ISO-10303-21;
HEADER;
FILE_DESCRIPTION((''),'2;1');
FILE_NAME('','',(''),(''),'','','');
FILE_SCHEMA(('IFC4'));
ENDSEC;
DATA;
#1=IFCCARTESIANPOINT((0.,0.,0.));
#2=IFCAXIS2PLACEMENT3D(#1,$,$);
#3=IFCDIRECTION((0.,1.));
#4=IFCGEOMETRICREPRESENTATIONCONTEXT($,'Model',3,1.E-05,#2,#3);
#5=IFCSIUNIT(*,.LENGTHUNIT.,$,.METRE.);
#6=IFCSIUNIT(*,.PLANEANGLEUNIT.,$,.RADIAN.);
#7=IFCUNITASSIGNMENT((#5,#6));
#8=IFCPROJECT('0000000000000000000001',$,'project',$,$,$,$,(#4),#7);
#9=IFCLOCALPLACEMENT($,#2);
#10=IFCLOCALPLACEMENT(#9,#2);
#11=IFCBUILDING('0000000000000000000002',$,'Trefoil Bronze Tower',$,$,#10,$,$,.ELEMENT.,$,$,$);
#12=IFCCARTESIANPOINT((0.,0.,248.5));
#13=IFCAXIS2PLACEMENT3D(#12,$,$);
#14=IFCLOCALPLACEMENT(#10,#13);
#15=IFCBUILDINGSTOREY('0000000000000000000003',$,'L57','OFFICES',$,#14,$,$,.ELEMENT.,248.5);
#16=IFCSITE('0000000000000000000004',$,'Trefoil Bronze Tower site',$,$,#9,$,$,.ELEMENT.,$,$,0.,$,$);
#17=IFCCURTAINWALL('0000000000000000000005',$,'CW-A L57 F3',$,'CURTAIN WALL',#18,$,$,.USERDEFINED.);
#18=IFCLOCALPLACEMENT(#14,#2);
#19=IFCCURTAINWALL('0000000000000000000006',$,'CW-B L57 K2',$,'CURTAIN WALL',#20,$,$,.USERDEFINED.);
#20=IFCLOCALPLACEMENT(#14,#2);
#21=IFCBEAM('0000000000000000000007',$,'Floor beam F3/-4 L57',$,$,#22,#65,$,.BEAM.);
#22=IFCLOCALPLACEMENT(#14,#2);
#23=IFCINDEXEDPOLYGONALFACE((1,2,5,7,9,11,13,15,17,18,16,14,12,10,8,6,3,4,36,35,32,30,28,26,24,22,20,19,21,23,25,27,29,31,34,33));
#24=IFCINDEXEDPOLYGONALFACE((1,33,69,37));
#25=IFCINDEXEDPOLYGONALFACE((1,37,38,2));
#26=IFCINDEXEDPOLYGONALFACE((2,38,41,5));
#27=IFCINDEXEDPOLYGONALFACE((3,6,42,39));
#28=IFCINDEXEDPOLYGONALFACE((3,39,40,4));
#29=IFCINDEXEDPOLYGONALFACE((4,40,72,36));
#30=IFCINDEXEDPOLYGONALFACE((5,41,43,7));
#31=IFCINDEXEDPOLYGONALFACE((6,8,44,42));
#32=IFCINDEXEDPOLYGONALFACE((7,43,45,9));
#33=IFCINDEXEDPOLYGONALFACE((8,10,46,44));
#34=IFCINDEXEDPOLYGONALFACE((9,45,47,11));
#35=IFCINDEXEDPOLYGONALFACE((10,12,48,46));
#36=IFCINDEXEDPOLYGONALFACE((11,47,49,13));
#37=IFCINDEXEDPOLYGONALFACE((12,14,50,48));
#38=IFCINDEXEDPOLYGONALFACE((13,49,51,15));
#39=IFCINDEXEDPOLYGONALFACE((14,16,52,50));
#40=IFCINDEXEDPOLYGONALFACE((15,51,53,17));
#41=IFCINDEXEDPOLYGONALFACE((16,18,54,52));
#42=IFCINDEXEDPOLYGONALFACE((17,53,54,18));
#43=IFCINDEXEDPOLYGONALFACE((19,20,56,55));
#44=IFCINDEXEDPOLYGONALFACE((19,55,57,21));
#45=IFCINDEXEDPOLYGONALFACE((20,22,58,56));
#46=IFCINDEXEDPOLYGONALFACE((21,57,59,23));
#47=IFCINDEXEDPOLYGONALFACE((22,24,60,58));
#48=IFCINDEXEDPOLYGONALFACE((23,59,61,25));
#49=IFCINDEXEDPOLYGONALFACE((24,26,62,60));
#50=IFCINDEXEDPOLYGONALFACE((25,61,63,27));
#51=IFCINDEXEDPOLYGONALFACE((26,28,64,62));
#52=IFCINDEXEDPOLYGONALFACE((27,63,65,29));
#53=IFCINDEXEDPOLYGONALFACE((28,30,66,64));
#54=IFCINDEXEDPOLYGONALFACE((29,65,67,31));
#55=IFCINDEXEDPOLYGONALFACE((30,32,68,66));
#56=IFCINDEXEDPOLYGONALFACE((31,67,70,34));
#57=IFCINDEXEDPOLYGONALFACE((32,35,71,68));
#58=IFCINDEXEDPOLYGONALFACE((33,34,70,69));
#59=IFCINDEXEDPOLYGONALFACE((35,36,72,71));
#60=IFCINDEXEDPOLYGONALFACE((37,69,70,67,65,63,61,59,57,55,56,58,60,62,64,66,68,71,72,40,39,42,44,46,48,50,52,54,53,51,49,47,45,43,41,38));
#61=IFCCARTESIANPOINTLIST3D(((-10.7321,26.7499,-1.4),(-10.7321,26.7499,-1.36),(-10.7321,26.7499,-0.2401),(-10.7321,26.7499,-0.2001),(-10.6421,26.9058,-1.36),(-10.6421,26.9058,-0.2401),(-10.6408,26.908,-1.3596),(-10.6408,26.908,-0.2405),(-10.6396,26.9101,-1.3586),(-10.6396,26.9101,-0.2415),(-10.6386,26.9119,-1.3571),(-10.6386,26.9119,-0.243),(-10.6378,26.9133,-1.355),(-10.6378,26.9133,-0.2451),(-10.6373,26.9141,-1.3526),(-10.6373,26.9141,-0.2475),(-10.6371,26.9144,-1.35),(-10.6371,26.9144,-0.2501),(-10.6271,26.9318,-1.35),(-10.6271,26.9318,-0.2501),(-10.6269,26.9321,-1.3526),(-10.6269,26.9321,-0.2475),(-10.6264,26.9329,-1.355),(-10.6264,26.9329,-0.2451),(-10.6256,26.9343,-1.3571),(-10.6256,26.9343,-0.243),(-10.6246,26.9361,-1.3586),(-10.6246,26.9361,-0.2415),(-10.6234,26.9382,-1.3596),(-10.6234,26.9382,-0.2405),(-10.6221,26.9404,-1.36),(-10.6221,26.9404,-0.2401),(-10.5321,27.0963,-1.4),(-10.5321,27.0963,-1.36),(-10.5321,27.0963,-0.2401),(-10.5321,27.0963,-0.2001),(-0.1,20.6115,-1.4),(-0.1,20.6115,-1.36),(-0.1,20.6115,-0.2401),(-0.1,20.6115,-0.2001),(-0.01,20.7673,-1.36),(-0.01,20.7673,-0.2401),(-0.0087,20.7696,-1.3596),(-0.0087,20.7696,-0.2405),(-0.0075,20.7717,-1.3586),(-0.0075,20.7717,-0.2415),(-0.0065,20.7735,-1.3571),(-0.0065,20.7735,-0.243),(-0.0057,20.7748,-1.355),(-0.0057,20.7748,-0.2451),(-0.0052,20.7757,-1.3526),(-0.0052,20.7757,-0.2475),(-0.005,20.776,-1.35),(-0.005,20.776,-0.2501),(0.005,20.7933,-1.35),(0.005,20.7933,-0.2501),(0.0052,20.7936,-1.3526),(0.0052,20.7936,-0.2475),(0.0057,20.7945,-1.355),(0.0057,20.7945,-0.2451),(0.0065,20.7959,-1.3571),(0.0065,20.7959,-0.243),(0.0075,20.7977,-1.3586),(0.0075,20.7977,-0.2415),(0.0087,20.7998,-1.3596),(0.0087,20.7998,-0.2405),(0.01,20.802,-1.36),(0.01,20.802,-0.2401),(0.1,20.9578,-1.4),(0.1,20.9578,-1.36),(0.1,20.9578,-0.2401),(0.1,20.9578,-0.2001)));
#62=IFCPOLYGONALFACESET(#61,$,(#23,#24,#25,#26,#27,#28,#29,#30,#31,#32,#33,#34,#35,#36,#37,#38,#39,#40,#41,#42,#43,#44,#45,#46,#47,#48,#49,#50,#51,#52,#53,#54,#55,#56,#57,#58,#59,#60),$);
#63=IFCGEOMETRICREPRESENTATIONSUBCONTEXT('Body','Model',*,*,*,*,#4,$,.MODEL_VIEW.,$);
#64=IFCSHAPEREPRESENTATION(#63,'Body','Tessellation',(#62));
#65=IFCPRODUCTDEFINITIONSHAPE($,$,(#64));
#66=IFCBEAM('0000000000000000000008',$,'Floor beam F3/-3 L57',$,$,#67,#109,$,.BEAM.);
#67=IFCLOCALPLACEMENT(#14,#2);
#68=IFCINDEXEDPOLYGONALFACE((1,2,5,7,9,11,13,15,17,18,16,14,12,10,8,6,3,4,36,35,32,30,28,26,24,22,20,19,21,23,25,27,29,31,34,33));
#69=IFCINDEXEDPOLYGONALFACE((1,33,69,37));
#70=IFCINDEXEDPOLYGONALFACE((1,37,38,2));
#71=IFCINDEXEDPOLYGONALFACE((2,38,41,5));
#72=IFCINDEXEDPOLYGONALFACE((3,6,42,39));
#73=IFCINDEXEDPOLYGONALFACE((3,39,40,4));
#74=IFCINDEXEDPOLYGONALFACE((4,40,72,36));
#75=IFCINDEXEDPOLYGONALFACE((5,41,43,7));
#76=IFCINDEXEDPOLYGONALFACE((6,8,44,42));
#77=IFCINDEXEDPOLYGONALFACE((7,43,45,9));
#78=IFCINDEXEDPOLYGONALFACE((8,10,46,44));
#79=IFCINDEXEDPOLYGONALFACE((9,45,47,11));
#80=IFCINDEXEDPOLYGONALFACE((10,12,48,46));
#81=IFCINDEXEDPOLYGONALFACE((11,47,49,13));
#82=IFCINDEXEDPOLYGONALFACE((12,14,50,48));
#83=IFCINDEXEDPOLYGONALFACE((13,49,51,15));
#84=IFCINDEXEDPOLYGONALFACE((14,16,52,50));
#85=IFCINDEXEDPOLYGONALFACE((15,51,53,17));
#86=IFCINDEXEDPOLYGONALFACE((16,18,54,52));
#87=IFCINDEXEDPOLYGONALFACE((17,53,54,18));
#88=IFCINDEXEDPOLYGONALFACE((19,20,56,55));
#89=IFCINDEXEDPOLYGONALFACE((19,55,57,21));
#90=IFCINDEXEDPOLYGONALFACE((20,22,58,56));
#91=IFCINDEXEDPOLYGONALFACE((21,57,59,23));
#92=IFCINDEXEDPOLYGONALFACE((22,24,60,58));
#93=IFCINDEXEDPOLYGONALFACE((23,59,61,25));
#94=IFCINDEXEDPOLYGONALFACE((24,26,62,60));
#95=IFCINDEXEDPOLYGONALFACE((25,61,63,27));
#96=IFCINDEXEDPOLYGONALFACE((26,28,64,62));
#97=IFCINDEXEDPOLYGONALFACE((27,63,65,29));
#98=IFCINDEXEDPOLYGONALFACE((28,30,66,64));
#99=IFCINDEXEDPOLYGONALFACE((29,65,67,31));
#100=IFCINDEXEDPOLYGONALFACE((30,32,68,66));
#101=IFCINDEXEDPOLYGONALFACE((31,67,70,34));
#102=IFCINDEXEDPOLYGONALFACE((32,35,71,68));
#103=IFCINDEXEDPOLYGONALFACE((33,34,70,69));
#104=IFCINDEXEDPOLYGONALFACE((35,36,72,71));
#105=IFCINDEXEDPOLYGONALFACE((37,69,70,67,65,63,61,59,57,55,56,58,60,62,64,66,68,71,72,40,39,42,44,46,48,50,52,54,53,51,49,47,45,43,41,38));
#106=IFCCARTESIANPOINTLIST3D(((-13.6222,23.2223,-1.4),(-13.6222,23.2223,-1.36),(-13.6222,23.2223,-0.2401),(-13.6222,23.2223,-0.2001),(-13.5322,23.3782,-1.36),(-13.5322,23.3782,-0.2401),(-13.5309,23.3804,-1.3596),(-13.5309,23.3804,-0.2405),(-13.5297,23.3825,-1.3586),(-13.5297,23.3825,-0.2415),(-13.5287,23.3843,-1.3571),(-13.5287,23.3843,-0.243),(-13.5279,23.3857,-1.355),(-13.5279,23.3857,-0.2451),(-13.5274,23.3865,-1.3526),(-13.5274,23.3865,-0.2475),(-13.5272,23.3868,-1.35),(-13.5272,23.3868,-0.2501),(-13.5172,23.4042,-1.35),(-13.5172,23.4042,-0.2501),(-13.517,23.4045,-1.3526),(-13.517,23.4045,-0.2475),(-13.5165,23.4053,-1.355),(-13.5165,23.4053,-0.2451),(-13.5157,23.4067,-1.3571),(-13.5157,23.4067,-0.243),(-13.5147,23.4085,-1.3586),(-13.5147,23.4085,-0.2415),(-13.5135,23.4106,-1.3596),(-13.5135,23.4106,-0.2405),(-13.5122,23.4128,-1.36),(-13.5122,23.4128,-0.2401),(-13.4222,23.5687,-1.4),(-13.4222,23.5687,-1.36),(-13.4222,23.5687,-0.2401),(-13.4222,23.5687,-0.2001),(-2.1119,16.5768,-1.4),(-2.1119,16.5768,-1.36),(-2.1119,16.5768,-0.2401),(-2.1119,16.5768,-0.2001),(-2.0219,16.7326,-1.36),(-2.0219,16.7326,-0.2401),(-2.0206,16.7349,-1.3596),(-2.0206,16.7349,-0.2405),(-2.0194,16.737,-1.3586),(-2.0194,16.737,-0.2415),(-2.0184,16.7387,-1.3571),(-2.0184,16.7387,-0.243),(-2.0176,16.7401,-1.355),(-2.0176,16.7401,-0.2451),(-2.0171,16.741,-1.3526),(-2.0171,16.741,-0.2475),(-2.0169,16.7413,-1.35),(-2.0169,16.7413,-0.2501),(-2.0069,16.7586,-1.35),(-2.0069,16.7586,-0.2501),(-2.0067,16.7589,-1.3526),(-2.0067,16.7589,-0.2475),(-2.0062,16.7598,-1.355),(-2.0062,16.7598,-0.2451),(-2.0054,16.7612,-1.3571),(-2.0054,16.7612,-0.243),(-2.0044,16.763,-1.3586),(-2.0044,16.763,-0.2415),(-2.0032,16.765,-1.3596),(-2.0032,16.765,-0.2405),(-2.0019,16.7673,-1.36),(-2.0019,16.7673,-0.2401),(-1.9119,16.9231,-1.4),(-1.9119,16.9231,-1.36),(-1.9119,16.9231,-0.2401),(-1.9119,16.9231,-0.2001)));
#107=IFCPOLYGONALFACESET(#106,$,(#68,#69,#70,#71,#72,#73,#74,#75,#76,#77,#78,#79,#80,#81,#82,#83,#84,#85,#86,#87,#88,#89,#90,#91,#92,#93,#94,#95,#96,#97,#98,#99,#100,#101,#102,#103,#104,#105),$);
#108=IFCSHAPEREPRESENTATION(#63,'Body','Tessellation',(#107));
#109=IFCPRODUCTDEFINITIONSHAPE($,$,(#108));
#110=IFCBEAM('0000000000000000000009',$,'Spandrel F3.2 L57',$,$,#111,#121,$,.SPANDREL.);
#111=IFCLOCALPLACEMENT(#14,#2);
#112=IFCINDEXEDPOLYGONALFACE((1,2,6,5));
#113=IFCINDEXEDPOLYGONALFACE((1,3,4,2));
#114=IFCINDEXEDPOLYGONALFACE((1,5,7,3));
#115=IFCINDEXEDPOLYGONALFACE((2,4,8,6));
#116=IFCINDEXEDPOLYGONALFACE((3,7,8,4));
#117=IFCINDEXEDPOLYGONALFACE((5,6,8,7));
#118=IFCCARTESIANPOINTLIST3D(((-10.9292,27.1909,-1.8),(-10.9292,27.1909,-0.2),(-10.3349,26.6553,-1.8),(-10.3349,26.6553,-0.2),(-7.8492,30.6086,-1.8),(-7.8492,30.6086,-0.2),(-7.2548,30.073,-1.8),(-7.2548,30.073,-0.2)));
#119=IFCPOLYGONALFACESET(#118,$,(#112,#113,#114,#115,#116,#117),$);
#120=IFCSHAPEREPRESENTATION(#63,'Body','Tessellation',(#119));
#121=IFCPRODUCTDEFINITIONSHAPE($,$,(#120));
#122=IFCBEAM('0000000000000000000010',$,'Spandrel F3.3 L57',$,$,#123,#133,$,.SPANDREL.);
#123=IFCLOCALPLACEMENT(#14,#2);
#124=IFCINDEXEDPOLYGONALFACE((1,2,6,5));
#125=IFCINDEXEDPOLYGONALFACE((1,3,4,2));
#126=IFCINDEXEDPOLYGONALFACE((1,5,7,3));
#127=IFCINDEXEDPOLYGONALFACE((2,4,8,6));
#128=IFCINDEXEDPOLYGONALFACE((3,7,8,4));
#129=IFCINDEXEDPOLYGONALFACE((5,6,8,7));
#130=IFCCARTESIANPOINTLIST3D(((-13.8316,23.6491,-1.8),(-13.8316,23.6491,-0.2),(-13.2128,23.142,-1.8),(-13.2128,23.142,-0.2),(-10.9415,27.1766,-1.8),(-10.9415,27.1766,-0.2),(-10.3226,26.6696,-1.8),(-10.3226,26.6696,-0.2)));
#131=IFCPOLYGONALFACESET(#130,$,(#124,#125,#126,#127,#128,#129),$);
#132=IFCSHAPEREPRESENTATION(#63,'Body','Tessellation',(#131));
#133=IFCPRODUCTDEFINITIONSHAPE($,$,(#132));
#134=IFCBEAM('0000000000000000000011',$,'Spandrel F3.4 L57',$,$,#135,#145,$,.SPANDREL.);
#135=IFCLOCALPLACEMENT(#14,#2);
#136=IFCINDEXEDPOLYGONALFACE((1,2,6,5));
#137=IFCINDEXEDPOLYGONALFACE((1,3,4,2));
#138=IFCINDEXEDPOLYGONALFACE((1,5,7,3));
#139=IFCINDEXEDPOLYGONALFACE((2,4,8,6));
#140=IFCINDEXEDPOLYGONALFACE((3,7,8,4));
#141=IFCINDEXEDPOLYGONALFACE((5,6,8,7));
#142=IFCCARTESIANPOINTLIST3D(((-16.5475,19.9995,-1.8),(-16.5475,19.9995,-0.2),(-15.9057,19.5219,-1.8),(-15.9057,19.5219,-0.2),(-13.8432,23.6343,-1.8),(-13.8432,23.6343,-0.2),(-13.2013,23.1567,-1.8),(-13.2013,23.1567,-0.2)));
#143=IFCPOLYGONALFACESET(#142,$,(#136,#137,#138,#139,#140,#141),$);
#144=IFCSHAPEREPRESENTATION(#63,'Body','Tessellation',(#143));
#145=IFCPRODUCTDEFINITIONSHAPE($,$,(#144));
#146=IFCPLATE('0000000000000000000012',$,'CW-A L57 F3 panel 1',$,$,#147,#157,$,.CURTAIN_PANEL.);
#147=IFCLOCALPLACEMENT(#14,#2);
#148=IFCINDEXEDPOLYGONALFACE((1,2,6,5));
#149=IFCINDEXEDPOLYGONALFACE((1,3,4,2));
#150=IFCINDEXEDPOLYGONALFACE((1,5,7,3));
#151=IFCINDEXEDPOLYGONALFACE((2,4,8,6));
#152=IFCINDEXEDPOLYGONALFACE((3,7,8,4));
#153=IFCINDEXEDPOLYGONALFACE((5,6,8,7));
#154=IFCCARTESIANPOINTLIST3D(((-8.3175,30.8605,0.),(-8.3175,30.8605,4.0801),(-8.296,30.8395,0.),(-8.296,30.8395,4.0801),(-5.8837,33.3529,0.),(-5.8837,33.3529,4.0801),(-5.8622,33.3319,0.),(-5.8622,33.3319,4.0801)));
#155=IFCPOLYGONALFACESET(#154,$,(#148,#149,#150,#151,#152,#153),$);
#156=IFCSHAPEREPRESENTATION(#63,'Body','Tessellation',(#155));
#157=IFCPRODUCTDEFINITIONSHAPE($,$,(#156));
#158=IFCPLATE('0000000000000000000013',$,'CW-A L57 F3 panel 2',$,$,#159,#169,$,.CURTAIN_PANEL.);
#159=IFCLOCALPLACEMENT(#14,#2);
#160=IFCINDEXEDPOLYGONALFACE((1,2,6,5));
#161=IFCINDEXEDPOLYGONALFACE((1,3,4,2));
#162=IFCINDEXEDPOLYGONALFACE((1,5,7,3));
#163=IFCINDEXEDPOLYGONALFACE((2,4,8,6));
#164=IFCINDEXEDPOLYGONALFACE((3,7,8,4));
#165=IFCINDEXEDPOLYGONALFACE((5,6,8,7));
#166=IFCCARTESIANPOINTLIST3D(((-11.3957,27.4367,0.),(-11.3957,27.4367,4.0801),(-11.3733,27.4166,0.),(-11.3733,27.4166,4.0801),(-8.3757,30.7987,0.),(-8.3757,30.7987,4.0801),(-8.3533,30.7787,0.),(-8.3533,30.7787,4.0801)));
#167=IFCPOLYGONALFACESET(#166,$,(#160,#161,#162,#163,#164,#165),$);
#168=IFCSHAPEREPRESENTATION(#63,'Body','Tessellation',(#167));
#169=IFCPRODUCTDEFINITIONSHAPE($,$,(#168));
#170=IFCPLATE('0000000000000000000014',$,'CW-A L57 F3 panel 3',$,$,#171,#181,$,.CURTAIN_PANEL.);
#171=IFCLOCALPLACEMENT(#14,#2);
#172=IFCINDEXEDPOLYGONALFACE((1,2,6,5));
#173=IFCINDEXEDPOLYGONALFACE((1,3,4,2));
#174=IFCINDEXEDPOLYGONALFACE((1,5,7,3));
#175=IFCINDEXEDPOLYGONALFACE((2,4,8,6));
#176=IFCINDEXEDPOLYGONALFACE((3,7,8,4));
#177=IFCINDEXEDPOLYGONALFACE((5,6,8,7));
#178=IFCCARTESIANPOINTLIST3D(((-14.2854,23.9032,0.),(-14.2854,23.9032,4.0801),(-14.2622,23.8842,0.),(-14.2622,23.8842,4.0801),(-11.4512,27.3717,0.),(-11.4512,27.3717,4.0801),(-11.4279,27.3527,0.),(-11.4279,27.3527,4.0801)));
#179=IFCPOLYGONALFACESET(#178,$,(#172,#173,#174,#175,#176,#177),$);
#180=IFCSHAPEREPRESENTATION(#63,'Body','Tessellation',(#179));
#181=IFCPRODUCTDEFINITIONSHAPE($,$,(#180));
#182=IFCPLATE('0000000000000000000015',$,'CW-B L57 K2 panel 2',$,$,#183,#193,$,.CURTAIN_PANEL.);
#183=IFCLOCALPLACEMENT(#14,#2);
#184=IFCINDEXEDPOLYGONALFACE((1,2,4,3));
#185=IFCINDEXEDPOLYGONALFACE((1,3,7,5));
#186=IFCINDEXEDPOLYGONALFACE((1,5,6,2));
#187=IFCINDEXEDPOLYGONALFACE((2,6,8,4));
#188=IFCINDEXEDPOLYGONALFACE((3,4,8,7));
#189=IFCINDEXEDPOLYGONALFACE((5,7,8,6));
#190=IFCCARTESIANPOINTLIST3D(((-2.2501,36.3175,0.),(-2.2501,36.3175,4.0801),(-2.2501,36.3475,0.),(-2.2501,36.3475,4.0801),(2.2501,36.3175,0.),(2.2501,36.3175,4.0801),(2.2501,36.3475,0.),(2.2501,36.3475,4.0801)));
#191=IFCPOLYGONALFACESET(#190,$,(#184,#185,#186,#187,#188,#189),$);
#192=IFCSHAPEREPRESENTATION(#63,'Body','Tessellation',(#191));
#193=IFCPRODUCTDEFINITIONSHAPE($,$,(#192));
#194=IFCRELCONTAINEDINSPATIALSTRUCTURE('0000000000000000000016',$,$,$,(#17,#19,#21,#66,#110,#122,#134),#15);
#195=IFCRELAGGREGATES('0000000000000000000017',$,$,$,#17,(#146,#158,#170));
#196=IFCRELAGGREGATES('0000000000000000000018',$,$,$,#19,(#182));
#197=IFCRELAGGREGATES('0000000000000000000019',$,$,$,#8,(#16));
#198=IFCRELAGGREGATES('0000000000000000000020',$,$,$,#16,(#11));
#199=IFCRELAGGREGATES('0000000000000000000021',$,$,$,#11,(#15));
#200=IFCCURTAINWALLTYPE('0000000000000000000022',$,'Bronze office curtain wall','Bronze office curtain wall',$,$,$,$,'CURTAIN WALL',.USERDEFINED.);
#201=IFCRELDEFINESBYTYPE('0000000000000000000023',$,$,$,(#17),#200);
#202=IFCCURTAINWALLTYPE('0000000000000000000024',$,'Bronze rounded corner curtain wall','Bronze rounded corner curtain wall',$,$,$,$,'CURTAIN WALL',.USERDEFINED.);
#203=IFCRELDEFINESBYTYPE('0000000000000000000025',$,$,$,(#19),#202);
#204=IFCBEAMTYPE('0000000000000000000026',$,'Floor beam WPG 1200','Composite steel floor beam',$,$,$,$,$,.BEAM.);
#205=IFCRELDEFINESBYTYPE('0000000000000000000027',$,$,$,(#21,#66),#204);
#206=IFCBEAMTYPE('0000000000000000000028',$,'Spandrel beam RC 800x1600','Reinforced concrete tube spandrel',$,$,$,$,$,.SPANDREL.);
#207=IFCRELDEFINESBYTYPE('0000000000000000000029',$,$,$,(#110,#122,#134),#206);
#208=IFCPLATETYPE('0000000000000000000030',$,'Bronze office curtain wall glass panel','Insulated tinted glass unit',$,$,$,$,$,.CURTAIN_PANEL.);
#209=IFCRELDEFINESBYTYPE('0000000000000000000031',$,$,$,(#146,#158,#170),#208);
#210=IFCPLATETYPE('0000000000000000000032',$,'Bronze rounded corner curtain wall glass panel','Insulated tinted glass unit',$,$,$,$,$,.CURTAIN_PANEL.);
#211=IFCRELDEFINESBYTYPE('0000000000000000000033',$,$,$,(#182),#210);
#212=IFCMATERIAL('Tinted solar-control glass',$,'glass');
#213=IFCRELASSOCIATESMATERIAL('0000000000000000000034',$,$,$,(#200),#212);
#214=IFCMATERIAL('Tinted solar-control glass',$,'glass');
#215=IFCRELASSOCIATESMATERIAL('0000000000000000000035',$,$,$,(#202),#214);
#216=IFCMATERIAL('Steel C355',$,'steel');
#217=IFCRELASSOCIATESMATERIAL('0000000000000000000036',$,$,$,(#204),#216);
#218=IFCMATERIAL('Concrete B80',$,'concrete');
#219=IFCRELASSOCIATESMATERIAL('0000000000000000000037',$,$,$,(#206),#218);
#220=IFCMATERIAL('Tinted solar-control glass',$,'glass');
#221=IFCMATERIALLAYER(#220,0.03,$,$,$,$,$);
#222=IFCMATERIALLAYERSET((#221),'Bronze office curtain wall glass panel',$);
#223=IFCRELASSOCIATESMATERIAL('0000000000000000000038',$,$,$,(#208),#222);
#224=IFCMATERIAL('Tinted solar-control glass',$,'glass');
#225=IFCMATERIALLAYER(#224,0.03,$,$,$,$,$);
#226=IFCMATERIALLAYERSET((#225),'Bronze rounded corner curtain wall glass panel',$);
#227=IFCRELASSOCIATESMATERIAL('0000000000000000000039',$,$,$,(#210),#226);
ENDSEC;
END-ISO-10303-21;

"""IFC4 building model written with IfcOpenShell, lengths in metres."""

from ifc_helpers import new_model, si_unit, direction, frame, origin, origin_2d, place, context, subcontext, project, spatial, rectangle, i_section, extrude, material, layer, layer_set, material_profile, profile_set, type_object, element, aggregate, save


model = new_model("IFC4")

# Units and contexts
model_context = context("Model", 3, precision=1e-05, world=origin(), true_north=direction((0.0, 1.0)))
body_context = subcontext(model_context, "Body", "Model", "MODEL_VIEW")
ifc_project = project(units=[si_unit("LENGTHUNIT", "METRE"), si_unit("PLANEANGLEUNIT", "RADIAN")], contexts=[model_context])

# Site, building, storey
site_placement = place(None, origin())
site = spatial("IfcSite", under=ifc_project, at=site_placement, Name="Trefoil Bronze Tower site", CompositionType="ELEMENT", RefElevation=0.0)
building_placement = place(site_placement, origin())
building = spatial("IfcBuilding", under=site, at=building_placement, Name="Trefoil Bronze Tower", CompositionType="ELEMENT")
storey_placement = place(building_placement, frame((0.0, 0.0, 248.5)))
storey = spatial("IfcBuildingStorey", under=building, at=storey_placement, Name="L57", Description="OFFICES", CompositionType="ELEMENT", Elevation=248.5)

# Curtain walls
ifc_material_1 = material(Name="Tinted solar-control glass", Category="glass")
curtain_wall_type_1 = type_object("IfcCurtainWallType", Name="Bronze office curtain wall", Description="Bronze office curtain wall", ElementType="CURTAIN WALL", PredefinedType="USERDEFINED", material=ifc_material_1)
curtain_wall_1_placement = place(storey_placement, origin())
curtain_wall_1 = element("IfcCurtainWall", 1, at=curtain_wall_1_placement, inside=storey, type_object=curtain_wall_type_1, Name="CW-A L57 F3", ObjectType="CURTAIN WALL", PredefinedType="USERDEFINED")
ifc_material_2 = material(Name="Tinted solar-control glass", Category="glass")
curtain_wall_type_2 = type_object("IfcCurtainWallType", Name="Bronze rounded corner curtain wall", Description="Bronze rounded corner curtain wall", ElementType="CURTAIN WALL", PredefinedType="USERDEFINED", material=ifc_material_2)
curtain_wall_2_placement = place(storey_placement, origin())
curtain_wall_2 = element("IfcCurtainWall", 2, at=curtain_wall_2_placement, inside=storey, type_object=curtain_wall_type_2, Name="CW-B L57 K2", ObjectType="CURTAIN WALL", PredefinedType="USERDEFINED")

# Beams
ifc_material_3 = material(Name="Steel C355", Category="steel")
ifc_material_profile_1 = material_profile(ifc_material_3, i_section(OverallWidth=0.3999, OverallDepth=1.2, WebThickness=0.02, FlangeThickness=0.04, FilletRadius=0.01, at=origin_2d()), Name="WPG 1200")
ifc_profile_set_1 = profile_set([ifc_material_profile_1], Name="Steel C355")
beam_type_1 = type_object("IfcBeamType", Name="Floor beam WPG 1200", Description="Composite steel floor beam", PredefinedType="BEAM", material=ifc_profile_set_1)
beam_1_placement = place(storey_placement, frame((-10.6321, 26.9231, -0.8), z_axis=(0.866026, -0.5, 0.0), x_axis=(0.5, 0.866026, 0.0)))
element("IfcBeam", 3, at=beam_1_placement, inside=storey, type_object=beam_type_1, Name="Floor beam F3/-4 L57", PredefinedType="BEAM", context=body_context, shape_type="SweptSolid", body=[
    extrude(i_section(OverallWidth=0.3999, OverallDepth=1.2, WebThickness=0.02, FlangeThickness=0.04, FilletRadius=0.01, at=origin_2d()), origin(), (0.0, 0.0, 1.0), 12.2769),
])
beam_2_placement = place(storey_placement, frame((-13.5222, 23.3955, -0.8), z_axis=(0.866023, -0.500003, 0.0), x_axis=(0.500003, 0.866023, 0.0)))
element("IfcBeam", 4, at=beam_2_placement, inside=storey, type_object=beam_type_1, Name="Floor beam F3/-3 L57", PredefinedType="BEAM", context=body_context, shape_type="SweptSolid", body=[
    extrude(i_section(OverallWidth=0.3999, OverallDepth=1.2, WebThickness=0.02, FlangeThickness=0.04, FilletRadius=0.01, at=origin_2d()), origin(), (0.0, 0.0, 1.0), 13.291),
])
ifc_material_4 = material(Name="Concrete B80", Category="concrete")
ifc_material_profile_2 = material_profile(ifc_material_4, rectangle(XDim=0.8, YDim=1.6001, at=origin_2d()), Name="RC 800x1600")
ifc_profile_set_2 = profile_set([ifc_material_profile_2], Name="Concrete B80")
beam_type_2 = type_object("IfcBeamType", Name="Spandrel beam RC 800x1600", Description="Reinforced concrete tube spandrel", PredefinedType="SPANDREL", material=ifc_profile_set_2)
beam_3_placement = place(storey_placement, frame((-7.552, 30.3408, -1.0), z_axis=(-0.66946, -0.742848, 0.0), x_axis=(0.742848, -0.66946, 0.0)))
element("IfcBeam", 5, at=beam_3_placement, inside=storey, type_object=beam_type_2, Name="Spandrel F3.2 L57", PredefinedType="SPANDREL", context=body_context, shape_type="SweptSolid", body=[
    extrude(rectangle(XDim=0.8, YDim=1.6001, at=origin_2d()), origin(), (0.0, 0.0, 1.0), 4.6008),
])
beam_4_placement = place(storey_placement, frame((-10.6321, 26.9231, -1.0), z_axis=(-0.633754, -0.773535, 0.0), x_axis=(0.773535, -0.633754, 0.0)))
element("IfcBeam", 6, at=beam_4_placement, inside=storey, type_object=beam_type_2, Name="Spandrel F3.3 L57", PredefinedType="SPANDREL", context=body_context, shape_type="SweptSolid", body=[
    extrude(rectangle(XDim=0.8, YDim=1.6001, at=origin_2d()), origin(), (0.0, 0.0, 1.0), 4.5603),
])
beam_5_placement = place(storey_placement, frame((-13.5222, 23.3955, -1.0), z_axis=(-0.596926, -0.802296, 0.0), x_axis=(0.802296, -0.596926, 0.0)))
element("IfcBeam", 7, at=beam_5_placement, inside=storey, type_object=beam_type_2, Name="Spandrel F3.4 L57", PredefinedType="SPANDREL", context=body_context, shape_type="SweptSolid", body=[
    extrude(rectangle(XDim=0.8, YDim=1.6001, at=origin_2d()), origin(), (0.0, 0.0, 1.0), 4.5305),
])

# Plates
ifc_material_5 = material(Name="Tinted solar-control glass", Category="glass")
ifc_layer_1 = layer(ifc_material_5, 0.03)
ifc_layer_set_1 = layer_set([ifc_layer_1], Name="Bronze office curtain wall glass panel")
plate_type_1 = type_object("IfcPlateType", Name="Bronze office curtain wall glass panel", Description="Insulated tinted glass unit", PredefinedType="CURTAIN_PANEL", material=ifc_layer_set_1)
plate_1_placement = place(storey_placement, frame((-7.0898, 32.0962, 0.0), z_axis=(0.0, 0.0, 1.0), x_axis=(-0.698652, -0.715462, 0.0)))
plate_1 = element("IfcPlate", 8, at=plate_1_placement, type_object=plate_type_1, Name="CW-A L57 F3 panel 1", PredefinedType="CURTAIN_PANEL", context=body_context, shape_type="SweptSolid", body=[
    extrude(rectangle(XDim=3.4836, YDim=0.03, at=origin_2d()), origin(), (0.0, 0.0, 1.0), 4.0801),
])
plate_2_placement = place(storey_placement, frame((-9.8745, 29.1077, 0.0), z_axis=(0.0, 0.0, 1.0), x_axis=(-0.668246, -0.743941, 0.0)))
plate_2 = element("IfcPlate", 9, at=plate_2_placement, type_object=plate_type_1, Name="CW-A L57 F3 panel 2", PredefinedType="CURTAIN_PANEL", context=body_context, shape_type="SweptSolid", body=[
    extrude(rectangle(XDim=4.5193, YDim=0.03, at=origin_2d()), origin(), (0.0, 0.0, 1.0), 4.0801),
])
plate_3_placement = place(storey_placement, frame((-12.8567, 25.6279, 0.0), z_axis=(0.0, 0.0, 1.0), x_axis=(-0.632753, -0.774354, 0.0)))
plate_3 = element("IfcPlate", 10, at=plate_3_placement, type_object=plate_type_1, Name="CW-A L57 F3 panel 3", PredefinedType="CURTAIN_PANEL", context=body_context, shape_type="SweptSolid", body=[
    extrude(rectangle(XDim=4.4792, YDim=0.03, at=origin_2d()), origin(), (0.0, 0.0, 1.0), 4.0801),
])
aggregate(curtain_wall_1, [plate_1, plate_2, plate_3])
ifc_material_6 = material(Name="Tinted solar-control glass", Category="glass")
ifc_layer_2 = layer(ifc_material_6, 0.03)
ifc_layer_set_2 = layer_set([ifc_layer_2], Name="Bronze rounded corner curtain wall glass panel")
plate_type_2 = type_object("IfcPlateType", Name="Bronze rounded corner curtain wall glass panel", Description="Insulated tinted glass unit", PredefinedType="CURTAIN_PANEL", material=ifc_layer_set_2)
plate_4_placement = place(storey_placement, frame((0.0, 36.3325, 0.0), z_axis=(0.0, 0.0, 1.0), x_axis=(-1.0, 0.0, 0.0)))
plate_4 = element("IfcPlate", 11, at=plate_4_placement, type_object=plate_type_2, Name="CW-B L57 K2 panel 2", PredefinedType="CURTAIN_PANEL", context=body_context, shape_type="SweptSolid", body=[
    extrude(rectangle(XDim=4.5002, YDim=0.03, at=origin_2d()), origin(), (0.0, 0.0, 1.0), 4.0801),
])
aggregate(curtain_wall_2, [plate_4])

save(model, "model.ifc")
